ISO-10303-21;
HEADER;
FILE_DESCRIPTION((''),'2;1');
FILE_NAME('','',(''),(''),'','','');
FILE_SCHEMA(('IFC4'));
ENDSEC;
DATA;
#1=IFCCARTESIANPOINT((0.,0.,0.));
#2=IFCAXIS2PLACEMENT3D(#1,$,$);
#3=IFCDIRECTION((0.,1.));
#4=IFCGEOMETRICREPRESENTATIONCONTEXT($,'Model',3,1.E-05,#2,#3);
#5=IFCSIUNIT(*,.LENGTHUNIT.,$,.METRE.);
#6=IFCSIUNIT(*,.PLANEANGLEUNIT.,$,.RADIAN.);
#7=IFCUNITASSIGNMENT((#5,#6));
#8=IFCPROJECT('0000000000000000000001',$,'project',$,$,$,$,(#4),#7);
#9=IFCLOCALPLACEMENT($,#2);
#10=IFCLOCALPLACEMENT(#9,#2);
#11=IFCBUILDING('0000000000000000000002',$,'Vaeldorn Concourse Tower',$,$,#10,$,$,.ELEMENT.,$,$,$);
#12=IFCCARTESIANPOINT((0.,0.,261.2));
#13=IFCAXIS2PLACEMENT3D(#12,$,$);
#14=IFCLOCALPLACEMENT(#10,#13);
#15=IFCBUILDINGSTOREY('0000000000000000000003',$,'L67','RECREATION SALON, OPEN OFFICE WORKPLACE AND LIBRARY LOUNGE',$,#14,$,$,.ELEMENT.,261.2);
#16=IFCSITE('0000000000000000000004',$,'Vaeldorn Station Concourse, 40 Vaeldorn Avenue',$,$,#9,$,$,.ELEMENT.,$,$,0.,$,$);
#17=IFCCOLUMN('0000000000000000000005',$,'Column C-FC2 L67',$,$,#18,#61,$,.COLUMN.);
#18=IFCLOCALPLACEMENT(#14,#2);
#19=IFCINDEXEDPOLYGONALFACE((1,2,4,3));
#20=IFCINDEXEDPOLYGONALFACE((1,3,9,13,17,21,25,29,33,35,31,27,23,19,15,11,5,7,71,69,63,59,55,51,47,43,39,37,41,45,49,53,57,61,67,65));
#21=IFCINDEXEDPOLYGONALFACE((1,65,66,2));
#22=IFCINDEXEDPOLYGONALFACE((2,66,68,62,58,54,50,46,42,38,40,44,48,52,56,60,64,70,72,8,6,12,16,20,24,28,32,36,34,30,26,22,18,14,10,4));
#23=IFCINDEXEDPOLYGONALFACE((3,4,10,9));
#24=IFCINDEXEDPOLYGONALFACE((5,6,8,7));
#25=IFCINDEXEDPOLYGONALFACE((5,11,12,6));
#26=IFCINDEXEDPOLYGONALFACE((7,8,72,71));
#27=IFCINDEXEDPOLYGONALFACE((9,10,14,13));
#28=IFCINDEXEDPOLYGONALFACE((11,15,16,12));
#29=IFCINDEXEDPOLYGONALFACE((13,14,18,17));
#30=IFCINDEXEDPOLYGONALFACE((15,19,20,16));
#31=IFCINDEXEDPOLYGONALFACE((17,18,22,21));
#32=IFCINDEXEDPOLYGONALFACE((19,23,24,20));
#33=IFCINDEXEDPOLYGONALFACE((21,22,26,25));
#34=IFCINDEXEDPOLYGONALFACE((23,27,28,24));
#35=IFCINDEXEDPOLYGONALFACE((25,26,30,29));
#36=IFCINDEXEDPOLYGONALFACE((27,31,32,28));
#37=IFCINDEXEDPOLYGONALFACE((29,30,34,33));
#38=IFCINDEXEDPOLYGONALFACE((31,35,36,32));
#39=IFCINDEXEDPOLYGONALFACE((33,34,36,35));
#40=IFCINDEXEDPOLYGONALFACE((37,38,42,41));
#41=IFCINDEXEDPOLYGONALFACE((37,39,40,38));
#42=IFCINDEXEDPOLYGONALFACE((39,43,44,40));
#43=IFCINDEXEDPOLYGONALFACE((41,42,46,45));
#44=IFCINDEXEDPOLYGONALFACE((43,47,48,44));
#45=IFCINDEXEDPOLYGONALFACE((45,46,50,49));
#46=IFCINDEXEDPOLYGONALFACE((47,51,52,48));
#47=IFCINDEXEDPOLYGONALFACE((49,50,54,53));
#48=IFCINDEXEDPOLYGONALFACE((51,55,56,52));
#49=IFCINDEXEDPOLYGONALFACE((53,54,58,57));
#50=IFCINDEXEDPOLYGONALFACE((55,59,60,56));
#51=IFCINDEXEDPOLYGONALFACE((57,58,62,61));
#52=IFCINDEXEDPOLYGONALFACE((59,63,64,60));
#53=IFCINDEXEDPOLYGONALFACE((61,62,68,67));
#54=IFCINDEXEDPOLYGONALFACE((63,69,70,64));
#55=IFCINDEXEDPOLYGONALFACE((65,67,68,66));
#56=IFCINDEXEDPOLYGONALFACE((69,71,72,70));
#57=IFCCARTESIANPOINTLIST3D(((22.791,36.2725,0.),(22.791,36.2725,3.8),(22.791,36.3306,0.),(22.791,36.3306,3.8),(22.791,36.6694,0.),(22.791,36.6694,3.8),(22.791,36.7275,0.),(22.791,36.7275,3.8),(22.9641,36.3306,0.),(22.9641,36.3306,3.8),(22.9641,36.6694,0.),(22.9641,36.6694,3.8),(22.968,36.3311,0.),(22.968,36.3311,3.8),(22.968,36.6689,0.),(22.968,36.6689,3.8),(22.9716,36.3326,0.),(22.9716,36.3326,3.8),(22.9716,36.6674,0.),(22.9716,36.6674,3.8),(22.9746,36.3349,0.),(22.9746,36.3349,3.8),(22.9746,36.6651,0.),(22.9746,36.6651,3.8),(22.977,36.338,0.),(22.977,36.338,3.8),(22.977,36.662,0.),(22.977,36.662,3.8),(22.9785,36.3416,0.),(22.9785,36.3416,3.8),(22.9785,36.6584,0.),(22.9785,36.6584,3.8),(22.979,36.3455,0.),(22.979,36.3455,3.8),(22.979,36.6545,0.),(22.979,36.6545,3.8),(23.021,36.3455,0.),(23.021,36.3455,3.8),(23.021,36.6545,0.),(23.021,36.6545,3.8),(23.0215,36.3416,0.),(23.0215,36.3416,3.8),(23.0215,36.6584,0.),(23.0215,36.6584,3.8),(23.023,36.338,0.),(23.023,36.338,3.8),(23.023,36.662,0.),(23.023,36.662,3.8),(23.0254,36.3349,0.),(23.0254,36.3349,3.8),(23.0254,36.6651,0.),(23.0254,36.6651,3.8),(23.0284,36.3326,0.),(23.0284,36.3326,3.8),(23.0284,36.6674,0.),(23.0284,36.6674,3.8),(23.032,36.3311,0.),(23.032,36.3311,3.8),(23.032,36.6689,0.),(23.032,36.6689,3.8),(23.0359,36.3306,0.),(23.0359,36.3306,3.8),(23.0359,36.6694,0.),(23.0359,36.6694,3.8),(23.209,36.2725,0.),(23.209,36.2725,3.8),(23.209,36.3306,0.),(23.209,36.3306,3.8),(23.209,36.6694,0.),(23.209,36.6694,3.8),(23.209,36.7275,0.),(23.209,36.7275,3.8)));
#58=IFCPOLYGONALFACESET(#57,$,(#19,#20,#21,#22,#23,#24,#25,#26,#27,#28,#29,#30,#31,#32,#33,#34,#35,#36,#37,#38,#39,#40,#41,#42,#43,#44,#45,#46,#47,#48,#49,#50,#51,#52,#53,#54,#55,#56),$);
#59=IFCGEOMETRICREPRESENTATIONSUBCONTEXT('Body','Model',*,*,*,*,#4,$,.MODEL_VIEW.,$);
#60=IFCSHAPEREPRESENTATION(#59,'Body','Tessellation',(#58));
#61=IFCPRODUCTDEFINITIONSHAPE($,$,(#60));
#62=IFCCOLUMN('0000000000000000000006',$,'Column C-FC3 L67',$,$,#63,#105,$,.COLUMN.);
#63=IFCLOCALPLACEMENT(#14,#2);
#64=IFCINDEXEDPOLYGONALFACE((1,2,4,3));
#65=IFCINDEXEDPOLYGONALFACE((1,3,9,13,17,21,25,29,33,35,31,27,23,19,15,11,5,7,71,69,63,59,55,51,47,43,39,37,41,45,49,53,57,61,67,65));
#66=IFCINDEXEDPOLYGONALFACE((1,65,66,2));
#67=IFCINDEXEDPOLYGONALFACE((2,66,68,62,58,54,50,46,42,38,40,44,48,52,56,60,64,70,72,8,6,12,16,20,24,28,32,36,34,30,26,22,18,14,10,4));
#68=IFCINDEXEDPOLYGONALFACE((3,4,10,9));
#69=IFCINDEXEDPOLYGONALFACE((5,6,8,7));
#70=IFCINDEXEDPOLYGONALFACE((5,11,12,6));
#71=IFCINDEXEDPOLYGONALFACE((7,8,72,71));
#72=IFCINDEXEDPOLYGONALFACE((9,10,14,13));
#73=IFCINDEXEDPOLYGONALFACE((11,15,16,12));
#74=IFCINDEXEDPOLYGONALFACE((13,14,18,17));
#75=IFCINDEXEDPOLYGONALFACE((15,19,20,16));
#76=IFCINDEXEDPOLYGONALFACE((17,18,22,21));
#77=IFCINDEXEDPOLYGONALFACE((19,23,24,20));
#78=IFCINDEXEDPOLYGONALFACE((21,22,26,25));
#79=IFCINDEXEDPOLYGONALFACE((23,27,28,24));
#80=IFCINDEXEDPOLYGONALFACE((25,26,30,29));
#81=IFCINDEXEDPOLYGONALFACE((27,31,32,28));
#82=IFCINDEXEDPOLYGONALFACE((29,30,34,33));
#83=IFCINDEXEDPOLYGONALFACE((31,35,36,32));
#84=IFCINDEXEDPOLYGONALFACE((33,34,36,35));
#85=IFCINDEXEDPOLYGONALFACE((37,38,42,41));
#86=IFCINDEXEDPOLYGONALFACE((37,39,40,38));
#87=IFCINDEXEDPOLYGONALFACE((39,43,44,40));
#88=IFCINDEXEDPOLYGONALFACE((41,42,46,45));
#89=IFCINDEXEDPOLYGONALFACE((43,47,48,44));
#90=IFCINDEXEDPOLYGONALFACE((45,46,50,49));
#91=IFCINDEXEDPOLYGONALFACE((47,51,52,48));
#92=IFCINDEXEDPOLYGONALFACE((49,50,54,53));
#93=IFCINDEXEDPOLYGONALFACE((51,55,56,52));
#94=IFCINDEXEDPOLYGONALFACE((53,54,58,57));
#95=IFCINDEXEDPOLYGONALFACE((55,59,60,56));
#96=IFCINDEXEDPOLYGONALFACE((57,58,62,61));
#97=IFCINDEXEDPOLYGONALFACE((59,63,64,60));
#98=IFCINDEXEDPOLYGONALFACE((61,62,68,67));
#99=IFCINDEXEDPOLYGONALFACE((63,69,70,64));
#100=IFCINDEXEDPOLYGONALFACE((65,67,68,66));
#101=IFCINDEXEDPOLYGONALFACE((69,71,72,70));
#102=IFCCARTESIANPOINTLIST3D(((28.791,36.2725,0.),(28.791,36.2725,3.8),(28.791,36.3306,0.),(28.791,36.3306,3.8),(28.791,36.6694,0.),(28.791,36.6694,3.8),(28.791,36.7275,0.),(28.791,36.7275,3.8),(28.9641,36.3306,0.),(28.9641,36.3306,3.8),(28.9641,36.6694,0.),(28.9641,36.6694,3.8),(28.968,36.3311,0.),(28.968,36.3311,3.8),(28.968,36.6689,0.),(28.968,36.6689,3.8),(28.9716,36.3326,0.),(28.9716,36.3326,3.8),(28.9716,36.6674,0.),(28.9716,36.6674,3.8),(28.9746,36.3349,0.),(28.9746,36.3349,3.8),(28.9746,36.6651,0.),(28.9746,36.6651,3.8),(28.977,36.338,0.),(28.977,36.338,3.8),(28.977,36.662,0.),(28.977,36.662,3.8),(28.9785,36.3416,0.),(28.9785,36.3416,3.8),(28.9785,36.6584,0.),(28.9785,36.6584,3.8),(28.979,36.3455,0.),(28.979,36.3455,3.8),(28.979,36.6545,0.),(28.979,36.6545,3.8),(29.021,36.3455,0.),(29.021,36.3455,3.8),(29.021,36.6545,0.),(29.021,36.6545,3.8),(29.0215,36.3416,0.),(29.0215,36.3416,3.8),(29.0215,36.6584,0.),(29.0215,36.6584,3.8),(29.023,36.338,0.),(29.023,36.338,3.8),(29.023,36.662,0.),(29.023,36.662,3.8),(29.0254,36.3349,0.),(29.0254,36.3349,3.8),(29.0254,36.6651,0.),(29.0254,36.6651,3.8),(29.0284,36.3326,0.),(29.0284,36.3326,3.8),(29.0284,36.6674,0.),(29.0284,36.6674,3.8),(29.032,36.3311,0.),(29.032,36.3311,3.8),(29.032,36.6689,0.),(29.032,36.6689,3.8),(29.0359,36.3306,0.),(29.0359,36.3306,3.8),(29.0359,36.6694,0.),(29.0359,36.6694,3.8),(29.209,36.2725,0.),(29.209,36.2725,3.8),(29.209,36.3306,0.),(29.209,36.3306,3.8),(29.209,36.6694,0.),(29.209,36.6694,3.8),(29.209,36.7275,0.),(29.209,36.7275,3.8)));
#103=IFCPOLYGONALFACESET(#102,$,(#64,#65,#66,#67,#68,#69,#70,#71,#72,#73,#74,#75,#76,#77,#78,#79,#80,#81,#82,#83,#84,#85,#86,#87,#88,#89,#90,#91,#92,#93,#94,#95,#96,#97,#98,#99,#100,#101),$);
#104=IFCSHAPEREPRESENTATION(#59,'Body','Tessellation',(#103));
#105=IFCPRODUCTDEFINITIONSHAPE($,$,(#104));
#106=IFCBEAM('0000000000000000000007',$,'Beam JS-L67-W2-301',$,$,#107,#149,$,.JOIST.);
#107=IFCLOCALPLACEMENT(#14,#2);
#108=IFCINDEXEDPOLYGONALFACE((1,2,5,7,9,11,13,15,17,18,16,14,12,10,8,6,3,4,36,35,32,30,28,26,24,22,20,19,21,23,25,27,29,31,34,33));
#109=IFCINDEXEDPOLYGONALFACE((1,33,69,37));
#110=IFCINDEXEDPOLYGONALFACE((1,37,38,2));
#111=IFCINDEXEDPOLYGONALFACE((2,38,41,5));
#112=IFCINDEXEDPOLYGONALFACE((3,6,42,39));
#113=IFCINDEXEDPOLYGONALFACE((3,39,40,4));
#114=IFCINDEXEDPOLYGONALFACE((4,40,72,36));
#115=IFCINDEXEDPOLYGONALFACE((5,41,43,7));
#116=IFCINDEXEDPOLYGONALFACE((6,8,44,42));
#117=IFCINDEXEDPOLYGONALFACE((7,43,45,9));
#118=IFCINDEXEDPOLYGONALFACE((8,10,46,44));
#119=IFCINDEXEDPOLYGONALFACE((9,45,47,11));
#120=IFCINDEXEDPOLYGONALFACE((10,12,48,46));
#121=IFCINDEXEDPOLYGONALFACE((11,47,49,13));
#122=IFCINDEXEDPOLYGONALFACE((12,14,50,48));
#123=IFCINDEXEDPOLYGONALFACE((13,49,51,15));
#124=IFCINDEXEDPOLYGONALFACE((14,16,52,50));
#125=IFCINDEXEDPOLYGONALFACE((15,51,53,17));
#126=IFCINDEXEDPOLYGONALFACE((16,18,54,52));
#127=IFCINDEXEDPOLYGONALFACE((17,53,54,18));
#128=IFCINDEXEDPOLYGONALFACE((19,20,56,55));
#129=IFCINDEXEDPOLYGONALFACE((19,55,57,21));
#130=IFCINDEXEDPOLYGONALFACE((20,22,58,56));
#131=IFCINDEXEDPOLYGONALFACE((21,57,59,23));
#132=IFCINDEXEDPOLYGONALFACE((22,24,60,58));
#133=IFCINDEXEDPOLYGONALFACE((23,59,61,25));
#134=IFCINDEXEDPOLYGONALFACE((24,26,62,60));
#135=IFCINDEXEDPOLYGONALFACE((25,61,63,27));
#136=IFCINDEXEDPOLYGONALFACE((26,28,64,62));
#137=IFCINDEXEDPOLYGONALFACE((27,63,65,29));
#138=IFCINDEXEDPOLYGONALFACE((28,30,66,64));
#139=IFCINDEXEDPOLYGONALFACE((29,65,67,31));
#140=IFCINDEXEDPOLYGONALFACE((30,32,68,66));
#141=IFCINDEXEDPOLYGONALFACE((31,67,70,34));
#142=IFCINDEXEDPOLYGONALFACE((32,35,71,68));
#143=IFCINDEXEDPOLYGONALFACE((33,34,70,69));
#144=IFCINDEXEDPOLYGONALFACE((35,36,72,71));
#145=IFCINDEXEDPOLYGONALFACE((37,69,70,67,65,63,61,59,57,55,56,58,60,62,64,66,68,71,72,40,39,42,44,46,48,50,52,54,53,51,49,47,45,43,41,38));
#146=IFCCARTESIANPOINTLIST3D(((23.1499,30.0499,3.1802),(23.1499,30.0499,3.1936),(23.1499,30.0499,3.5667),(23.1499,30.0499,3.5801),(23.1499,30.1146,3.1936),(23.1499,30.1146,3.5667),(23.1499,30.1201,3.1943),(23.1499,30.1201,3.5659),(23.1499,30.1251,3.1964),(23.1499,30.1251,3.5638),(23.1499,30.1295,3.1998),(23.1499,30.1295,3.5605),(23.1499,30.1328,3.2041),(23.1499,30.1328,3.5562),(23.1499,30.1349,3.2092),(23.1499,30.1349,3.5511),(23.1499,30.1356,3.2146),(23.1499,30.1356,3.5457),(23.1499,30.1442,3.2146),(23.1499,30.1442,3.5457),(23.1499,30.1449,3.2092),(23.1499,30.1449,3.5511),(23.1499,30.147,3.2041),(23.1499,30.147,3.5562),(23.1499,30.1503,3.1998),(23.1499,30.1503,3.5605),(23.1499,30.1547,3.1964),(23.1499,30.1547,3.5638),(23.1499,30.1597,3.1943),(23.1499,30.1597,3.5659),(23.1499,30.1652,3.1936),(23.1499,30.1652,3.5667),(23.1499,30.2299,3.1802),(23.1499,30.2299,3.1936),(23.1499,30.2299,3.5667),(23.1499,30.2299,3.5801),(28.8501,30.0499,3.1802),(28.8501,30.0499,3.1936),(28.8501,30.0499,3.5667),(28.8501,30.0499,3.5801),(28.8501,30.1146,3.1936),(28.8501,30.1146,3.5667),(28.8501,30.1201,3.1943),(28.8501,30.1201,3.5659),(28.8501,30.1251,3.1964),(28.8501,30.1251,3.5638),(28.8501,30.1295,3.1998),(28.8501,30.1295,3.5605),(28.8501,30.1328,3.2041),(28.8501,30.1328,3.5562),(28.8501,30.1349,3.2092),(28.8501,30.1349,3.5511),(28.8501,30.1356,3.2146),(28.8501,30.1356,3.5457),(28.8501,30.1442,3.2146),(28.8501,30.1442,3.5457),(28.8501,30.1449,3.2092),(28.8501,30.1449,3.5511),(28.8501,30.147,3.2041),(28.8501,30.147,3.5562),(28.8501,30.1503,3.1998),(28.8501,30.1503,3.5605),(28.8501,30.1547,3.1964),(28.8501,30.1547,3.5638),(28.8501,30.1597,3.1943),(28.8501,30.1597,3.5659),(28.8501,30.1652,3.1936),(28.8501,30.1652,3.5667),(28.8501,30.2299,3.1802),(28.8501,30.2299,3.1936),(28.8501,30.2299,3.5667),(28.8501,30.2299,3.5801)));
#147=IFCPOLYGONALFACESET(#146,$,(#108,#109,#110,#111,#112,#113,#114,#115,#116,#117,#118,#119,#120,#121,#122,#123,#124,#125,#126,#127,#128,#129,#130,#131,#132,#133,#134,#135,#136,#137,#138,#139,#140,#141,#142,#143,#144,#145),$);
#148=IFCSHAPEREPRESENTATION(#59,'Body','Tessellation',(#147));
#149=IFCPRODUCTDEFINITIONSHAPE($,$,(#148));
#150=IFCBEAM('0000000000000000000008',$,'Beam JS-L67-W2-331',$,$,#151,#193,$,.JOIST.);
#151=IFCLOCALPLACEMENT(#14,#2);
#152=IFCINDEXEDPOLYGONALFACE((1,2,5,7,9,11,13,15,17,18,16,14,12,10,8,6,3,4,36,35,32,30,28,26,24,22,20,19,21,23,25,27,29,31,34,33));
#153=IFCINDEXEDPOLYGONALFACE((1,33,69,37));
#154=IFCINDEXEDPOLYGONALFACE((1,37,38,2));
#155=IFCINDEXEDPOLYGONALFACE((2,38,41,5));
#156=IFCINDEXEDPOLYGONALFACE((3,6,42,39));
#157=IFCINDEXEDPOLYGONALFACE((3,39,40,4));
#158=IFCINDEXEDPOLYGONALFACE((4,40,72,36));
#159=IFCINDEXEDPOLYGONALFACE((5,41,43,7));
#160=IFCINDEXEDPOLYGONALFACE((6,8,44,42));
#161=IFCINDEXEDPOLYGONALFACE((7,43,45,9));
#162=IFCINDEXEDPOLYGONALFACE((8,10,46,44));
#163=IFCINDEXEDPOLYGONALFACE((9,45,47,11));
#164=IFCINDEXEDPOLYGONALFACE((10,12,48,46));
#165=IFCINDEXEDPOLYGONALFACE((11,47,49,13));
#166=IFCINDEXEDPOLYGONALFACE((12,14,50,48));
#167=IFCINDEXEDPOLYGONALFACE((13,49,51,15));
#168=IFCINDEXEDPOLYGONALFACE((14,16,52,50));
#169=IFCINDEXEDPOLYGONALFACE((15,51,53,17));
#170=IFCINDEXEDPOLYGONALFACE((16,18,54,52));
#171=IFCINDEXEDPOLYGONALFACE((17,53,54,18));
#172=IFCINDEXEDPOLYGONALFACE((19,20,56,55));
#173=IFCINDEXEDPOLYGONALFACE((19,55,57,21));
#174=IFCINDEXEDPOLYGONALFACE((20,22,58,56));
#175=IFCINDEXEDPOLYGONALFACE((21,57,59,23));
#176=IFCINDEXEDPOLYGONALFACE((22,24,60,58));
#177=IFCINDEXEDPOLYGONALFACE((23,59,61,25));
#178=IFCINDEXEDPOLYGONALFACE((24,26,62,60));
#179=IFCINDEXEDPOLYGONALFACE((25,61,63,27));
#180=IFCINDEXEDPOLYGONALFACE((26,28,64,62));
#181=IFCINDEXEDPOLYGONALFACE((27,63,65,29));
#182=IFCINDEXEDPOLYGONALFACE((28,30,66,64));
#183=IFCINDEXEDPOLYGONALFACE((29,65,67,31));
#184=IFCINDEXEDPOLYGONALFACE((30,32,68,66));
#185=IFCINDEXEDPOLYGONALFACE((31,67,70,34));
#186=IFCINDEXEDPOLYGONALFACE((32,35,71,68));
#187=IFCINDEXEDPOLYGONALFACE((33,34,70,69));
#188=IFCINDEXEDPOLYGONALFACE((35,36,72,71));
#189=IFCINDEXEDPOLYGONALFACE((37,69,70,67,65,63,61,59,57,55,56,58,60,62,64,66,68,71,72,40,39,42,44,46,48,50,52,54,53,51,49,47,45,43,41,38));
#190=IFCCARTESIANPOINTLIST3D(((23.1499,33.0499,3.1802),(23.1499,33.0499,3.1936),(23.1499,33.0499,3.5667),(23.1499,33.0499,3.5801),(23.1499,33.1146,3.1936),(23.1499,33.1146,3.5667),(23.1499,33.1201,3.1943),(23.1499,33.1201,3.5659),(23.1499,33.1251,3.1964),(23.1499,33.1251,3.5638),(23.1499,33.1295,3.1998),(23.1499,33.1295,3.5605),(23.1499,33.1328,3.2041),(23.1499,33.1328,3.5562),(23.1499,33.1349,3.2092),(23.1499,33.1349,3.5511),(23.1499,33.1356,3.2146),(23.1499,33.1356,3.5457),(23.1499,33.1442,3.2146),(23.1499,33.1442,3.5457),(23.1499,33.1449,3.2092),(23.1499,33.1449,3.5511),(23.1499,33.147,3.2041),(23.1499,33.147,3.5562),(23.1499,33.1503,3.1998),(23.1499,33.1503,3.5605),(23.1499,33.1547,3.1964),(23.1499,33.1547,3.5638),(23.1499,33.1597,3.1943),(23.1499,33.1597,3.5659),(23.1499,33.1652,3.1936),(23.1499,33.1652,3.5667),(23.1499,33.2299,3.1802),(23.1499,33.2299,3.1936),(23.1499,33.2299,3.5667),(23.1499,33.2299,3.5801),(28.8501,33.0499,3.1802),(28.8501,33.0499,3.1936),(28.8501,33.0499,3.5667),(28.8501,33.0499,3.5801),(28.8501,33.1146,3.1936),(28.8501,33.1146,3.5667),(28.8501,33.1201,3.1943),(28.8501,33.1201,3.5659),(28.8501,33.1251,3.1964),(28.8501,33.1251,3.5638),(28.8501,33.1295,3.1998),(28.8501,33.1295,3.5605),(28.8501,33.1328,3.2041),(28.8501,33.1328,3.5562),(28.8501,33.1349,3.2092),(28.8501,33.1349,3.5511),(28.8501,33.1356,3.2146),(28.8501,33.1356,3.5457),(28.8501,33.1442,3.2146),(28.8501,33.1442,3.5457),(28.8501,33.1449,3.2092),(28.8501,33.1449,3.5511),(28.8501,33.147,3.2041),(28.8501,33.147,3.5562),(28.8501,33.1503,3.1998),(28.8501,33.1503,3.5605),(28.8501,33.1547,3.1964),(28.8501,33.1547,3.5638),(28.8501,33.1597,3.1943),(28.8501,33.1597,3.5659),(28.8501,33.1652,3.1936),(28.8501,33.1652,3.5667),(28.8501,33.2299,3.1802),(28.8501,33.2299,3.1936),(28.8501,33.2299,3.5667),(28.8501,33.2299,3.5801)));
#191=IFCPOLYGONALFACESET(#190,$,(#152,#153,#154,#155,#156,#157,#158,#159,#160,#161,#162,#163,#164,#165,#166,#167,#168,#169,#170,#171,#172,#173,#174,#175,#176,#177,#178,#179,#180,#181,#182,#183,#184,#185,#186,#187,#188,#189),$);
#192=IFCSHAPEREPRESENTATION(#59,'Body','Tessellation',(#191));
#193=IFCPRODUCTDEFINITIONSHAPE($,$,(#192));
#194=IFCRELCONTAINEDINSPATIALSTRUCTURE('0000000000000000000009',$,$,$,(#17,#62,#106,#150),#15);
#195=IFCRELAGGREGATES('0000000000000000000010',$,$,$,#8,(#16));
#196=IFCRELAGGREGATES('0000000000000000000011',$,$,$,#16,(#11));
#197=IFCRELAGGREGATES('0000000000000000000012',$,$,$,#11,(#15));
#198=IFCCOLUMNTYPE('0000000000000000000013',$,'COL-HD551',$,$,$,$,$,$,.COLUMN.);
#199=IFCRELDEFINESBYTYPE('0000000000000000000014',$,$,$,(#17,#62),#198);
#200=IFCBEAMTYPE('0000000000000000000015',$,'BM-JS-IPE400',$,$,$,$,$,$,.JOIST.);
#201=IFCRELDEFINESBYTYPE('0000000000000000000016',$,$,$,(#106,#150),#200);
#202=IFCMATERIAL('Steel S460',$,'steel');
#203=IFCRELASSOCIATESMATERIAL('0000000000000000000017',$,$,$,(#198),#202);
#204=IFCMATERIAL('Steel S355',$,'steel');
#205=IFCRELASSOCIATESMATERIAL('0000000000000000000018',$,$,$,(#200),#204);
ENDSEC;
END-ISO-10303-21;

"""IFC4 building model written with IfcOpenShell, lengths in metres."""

from ifc_helpers import new_model, si_unit, direction, frame, origin, origin_2d, place, context, subcontext, project, spatial, i_section, extrude, source, transform, mapped, material, material_profile, profile_set, type_object, element, save


model = new_model("IFC4")

# Units and contexts
model_context = context("Model", 3, precision=1e-05, world=origin(), true_north=direction((0.0, 1.0)))
body_context = subcontext(model_context, "Body", "Model", "MODEL_VIEW")
ifc_project = project(units=[si_unit("LENGTHUNIT", "METRE"), si_unit("PLANEANGLEUNIT", "RADIAN")], contexts=[model_context])

# Site, building, storey
site_placement = place(None, origin())
site = spatial("IfcSite", under=ifc_project, at=site_placement, Name="Vaeldorn Station Concourse, 40 Vaeldorn Avenue", CompositionType="ELEMENT", RefElevation=0.0)
building_placement = place(site_placement, origin())
building = spatial("IfcBuilding", under=site, at=building_placement, Name="Vaeldorn Concourse Tower", CompositionType="ELEMENT")
storey_placement = place(building_placement, frame((0.0, 0.0, 261.2)))
storey = spatial("IfcBuildingStorey", under=building, at=storey_placement, Name="L67", Description="RECREATION SALON, OPEN OFFICE WORKPLACE AND LIBRARY LOUNGE", CompositionType="ELEMENT", Elevation=261.2)

# Columns
ifc_material_1 = material(Name="Steel S460", Category="steel")
ifc_material_profile_1 = material_profile(ifc_material_1, i_section(OverallWidth=0.418, OverallDepth=0.4551, WebThickness=0.042, FlangeThickness=0.0581, FilletRadius=0.0149, at=origin_2d()), Name="HD 400x551")
ifc_profile_set_1 = profile_set([ifc_material_profile_1], Name="Steel S460")
column_type = type_object("IfcColumnType", Name="COL-HD551", PredefinedType="COLUMN", material=ifc_profile_set_1)
shared_shape_1 = source(origin(), body_context, "Body", "SweptSolid", [
    extrude(i_section(OverallWidth=0.418, OverallDepth=0.4551, WebThickness=0.042, FlangeThickness=0.0581, FilletRadius=0.0149, at=origin_2d()), origin(), (0.0, 0.0, 1.0), 3.8),
])
for number, where, z_axis, x_axis, name in (
    (1, (23.0, 36.5, 0.0), (0.0, 0.0, 1.0), (1.0, 0.0, 0.0), "Column C-FC2 L67"),
    (2, (29.0, 36.5, 0.0), (0.0, 0.0, 1.0), (1.0, 0.0, 0.0), "Column C-FC3 L67"),
):
    element("IfcColumn", number, at=place(storey_placement, frame(where, z_axis=z_axis, x_axis=x_axis)), inside=storey, type_object=column_type, Name=name, PredefinedType="COLUMN", context=body_context, shape_type="MappedRepresentation", body=[
        mapped(shared_shape_1, transform((0.0, 0.0, 0.0), scale=1.0)),
    ])

# Beams
ifc_material_2 = material(Name="Steel S355", Category="steel")
ifc_material_profile_2 = material_profile(ifc_material_2, i_section(OverallWidth=0.1799, OverallDepth=0.3999, WebThickness=0.0085, FlangeThickness=0.0134, FilletRadius=0.021, at=origin_2d()), Name="IPE 400")
ifc_profile_set_2 = profile_set([ifc_material_profile_2], Name="Steel S355")
beam_type_1 = type_object("IfcBeamType", Name="BM-JS-IPE400", PredefinedType="JOIST", material=ifc_profile_set_2)
shared_shape_2 = source(origin(), body_context, "Body", "SweptSolid", [
    extrude(i_section(OverallWidth=0.1799, OverallDepth=0.3999, WebThickness=0.0085, FlangeThickness=0.0134, FilletRadius=0.021, at=origin_2d()), origin(), (0.0, 0.0, 1.0), 5.7002),
])
for number, where, z_axis, x_axis, name in (
    (3, (23.1499, 30.1399, 3.3801), (1.0, 0.0, 0.0), (0.0, 1.0, 0.0), "Beam JS-L67-W2-301"),
    (4, (23.1499, 33.1399, 3.3801), (1.0, 0.0, 0.0), (0.0, 1.0, 0.0), "Beam JS-L67-W2-331"),
):
    element("IfcBeam", number, at=place(storey_placement, frame(where, z_axis=z_axis, x_axis=x_axis)), inside=storey, type_object=beam_type_1, Name=name, PredefinedType="JOIST", context=body_context, shape_type="MappedRepresentation", body=[
        mapped(shared_shape_2, transform((0.0, 0.0, 0.0), scale=1.0)),
    ])

save(model, "model.ifc")
